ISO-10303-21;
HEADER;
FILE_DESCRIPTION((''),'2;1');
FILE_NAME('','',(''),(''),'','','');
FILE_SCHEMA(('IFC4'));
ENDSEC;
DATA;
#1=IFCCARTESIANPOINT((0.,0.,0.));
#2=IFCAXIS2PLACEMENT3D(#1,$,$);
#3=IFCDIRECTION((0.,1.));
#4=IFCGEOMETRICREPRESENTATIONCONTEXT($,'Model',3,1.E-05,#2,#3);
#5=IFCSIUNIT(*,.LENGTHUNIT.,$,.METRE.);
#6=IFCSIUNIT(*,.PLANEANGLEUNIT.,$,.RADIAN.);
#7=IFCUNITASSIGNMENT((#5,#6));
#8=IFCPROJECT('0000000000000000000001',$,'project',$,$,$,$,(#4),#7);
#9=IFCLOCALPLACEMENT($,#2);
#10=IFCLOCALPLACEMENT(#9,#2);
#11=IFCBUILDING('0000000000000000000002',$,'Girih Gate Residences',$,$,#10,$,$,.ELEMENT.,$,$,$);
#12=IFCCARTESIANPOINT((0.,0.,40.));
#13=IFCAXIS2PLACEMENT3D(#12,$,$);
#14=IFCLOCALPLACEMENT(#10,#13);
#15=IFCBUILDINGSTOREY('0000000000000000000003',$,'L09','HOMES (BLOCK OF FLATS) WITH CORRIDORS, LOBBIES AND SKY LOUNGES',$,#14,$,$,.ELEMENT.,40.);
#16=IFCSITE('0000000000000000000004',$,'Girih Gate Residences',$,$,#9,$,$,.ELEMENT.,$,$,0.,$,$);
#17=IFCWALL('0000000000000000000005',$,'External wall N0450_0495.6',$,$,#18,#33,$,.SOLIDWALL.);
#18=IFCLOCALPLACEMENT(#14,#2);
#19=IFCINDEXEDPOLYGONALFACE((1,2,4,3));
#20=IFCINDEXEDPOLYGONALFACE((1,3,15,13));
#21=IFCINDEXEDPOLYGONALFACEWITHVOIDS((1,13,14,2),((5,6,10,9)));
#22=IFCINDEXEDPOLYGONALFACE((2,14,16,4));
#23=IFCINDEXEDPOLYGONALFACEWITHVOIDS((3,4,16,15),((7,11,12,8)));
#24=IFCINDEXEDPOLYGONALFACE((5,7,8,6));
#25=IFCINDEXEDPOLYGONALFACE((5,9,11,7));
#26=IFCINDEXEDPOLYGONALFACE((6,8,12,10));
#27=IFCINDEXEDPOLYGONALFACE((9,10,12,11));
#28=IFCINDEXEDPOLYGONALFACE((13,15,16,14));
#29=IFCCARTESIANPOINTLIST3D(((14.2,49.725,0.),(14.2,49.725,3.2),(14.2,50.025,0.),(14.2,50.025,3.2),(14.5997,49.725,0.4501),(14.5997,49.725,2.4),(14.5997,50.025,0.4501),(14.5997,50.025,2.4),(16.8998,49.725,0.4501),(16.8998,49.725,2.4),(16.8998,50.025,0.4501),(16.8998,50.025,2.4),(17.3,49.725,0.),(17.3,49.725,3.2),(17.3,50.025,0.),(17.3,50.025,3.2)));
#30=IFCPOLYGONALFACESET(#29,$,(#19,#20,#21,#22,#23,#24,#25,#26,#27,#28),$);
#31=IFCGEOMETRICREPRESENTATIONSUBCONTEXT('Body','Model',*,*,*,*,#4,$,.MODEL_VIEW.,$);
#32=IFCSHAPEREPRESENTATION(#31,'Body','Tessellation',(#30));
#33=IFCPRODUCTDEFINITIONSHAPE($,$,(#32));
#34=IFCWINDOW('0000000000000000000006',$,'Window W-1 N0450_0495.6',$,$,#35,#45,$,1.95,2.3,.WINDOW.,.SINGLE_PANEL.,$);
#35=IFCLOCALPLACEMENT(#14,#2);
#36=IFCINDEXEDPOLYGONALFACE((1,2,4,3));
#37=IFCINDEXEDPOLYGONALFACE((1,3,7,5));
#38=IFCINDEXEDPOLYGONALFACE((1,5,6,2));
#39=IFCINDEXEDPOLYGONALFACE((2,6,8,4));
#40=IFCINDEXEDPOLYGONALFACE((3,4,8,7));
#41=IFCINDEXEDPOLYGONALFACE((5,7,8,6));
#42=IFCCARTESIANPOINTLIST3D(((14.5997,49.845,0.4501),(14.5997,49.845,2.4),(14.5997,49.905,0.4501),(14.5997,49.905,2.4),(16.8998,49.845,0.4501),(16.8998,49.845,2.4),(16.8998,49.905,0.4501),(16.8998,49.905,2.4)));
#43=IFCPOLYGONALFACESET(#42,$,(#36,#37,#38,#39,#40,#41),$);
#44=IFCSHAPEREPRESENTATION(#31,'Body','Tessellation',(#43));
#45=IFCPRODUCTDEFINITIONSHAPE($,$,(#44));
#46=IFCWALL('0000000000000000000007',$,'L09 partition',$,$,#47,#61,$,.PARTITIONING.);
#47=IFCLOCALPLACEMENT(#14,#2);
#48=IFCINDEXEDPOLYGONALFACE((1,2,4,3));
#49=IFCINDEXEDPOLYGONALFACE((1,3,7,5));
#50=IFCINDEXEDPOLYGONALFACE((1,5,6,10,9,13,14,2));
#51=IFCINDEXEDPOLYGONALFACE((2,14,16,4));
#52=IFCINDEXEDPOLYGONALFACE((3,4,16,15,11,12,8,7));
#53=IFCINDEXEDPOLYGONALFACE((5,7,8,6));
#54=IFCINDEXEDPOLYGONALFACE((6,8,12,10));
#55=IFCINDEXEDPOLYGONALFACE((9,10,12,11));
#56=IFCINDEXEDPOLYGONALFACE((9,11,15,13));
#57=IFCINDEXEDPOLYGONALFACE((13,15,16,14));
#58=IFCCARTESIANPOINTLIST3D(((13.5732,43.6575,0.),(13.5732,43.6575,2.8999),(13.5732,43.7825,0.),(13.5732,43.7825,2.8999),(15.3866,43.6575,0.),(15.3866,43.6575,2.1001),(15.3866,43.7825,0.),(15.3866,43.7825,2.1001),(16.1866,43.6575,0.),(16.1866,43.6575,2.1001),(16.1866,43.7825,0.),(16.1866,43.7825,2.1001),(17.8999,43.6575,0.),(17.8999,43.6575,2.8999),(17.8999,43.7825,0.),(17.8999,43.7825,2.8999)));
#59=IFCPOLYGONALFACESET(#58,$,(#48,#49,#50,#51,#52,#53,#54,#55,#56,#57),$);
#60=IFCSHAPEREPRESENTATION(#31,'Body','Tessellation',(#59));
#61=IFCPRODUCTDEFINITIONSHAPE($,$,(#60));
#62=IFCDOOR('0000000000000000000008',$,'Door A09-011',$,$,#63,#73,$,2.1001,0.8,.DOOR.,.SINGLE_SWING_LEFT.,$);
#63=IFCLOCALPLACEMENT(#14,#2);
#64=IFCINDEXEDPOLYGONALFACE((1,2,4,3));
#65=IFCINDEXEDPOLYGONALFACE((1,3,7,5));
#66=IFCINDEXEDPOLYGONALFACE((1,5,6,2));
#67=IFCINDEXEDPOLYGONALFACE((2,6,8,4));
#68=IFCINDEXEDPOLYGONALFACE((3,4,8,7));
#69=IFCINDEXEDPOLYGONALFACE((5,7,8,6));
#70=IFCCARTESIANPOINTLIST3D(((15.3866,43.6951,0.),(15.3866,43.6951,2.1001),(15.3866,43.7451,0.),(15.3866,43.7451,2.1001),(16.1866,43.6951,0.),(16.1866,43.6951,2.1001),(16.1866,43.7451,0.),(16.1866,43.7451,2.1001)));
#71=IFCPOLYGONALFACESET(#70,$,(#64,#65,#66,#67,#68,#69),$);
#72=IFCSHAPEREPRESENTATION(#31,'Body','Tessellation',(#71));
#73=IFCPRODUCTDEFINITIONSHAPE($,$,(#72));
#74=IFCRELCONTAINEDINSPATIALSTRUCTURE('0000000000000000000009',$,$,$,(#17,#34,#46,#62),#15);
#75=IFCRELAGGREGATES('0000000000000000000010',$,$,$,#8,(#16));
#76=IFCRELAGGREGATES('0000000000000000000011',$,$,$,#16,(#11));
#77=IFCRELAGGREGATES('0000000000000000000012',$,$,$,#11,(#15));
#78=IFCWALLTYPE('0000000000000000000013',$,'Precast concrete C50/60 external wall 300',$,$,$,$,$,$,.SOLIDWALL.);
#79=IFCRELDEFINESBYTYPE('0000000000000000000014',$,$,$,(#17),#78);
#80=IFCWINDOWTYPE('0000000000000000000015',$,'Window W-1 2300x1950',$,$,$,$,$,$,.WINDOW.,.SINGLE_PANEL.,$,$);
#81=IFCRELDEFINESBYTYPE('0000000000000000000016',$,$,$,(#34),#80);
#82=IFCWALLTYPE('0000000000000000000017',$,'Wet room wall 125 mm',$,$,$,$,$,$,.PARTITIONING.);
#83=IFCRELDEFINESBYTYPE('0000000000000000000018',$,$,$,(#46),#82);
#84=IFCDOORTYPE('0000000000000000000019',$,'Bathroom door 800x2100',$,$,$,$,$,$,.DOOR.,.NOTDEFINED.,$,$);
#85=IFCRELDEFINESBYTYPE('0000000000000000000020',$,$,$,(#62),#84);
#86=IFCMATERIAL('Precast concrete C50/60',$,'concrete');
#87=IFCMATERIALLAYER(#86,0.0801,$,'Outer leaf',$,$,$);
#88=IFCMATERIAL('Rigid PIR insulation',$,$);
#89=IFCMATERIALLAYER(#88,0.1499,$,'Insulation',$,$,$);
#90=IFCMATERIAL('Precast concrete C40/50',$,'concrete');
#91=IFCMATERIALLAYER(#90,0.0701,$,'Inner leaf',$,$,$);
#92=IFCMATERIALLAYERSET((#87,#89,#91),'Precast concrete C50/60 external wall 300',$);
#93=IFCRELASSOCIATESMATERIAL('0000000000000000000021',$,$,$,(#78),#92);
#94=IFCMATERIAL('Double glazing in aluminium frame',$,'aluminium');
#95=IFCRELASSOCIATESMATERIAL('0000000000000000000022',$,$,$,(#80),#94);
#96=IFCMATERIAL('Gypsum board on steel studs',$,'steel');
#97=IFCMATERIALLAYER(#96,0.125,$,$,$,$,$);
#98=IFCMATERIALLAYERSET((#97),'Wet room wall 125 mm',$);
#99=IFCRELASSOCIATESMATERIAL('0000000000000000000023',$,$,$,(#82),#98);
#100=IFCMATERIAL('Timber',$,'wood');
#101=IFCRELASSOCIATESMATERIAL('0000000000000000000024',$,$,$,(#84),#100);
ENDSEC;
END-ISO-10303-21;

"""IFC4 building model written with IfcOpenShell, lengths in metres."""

from ifc_helpers import new_model, si_unit, direction, frame, frame_2d, origin, place, context, subcontext, project, spatial, rectangle, extrude, material, layer, layer_set, type_object, element, fill, save


model = new_model("IFC4")

# Units and contexts
model_context = context("Model", 3, precision=1e-05, world=origin(), true_north=direction((0.0, 1.0)))
body_context = subcontext(model_context, "Body", "Model", "MODEL_VIEW")
ifc_project = project(units=[si_unit("LENGTHUNIT", "METRE"), si_unit("PLANEANGLEUNIT", "RADIAN")], contexts=[model_context])

# Site, building, storey
site_placement = place(None, origin())
site = spatial("IfcSite", under=ifc_project, at=site_placement, Name="Girih Gate Residences", CompositionType="ELEMENT", RefElevation=0.0)
building_placement = place(site_placement, origin())
building = spatial("IfcBuilding", under=site, at=building_placement, Name="Girih Gate Residences", CompositionType="ELEMENT")
storey_placement = place(building_placement, frame((0.0, 0.0, 40.0)))
storey = spatial("IfcBuildingStorey", under=building, at=storey_placement, Name="L09", Description="HOMES (BLOCK OF FLATS) WITH CORRIDORS, LOBBIES AND SKY LOUNGES", CompositionType="ELEMENT", Elevation=40.0)

# Shared definitions
ifc_material_1 = material(Name="Gypsum board on steel studs", Category="steel")

# Shared definitions
ifc_material_2 = material(Name="Timber", Category="wood")

# Wall, opening, window
ifc_material_3 = material(Name="Precast concrete C50/60", Category="concrete")
ifc_layer_1 = layer(ifc_material_3, 0.0801, Name="Outer leaf")
ifc_material_4 = material(Name="Rigid PIR insulation")
ifc_layer_2 = layer(ifc_material_4, 0.1499, Name="Insulation")
ifc_material_5 = material(Name="Precast concrete C40/50", Category="concrete")
ifc_layer_3 = layer(ifc_material_5, 0.0701, Name="Inner leaf")
ifc_layer_set_1 = layer_set([ifc_layer_1, ifc_layer_2, ifc_layer_3], Name="Precast concrete C50/60 external wall 300")
wall_type_1 = type_object("IfcWallType", Name="Precast concrete C50/60 external wall 300", PredefinedType="SOLIDWALL", material=ifc_layer_set_1)
ifc_material_6 = material(Name="Double glazing in aluminium frame", Category="aluminium")
window_type = type_object("IfcWindowType", Name="Window W-1 2300x1950", PartitioningType="SINGLE_PANEL", PredefinedType="WINDOW", material=ifc_material_6)
wall_1_placement = place(storey_placement, frame((14.2, 49.875, 0.0), z_axis=(0.0, 0.0, 1.0), x_axis=(1.0, 0.0, 0.0)))
wall_1 = element("IfcWall", 1, at=wall_1_placement, inside=storey, type_object=wall_type_1, Name="External wall N0450_0495.6", PredefinedType="SOLIDWALL", context=body_context, shape_type="SweptSolid", body=[
    extrude(rectangle(XDim=3.1001, YDim=0.3, at=frame_2d((1.55, 0.0))), origin(), (0.0, 0.0, 1.0), 3.2),
])
opening_1_placement = place(wall_1_placement, frame((0.3999, 0.0, 0.45)))
opening_1 = element("IfcOpeningElement", 2, at=opening_1_placement, cuts=wall_1, PredefinedType="OPENING", context=body_context, shape_type="SweptSolid", body=[
    extrude(rectangle(XDim=2.3, YDim=1.95, at=frame_2d((1.1499, 0.9751))), frame((0.0, 0.1599, 0.0), z_axis=(0.0, -1.0, 0.0), x_axis=(1.0, 0.0, 0.0)), (0.0, 0.0, 1.0), 0.3201),
])
window_1_placement = place(opening_1_placement, origin())
window_1 = element("IfcWindow", 3, at=window_1_placement, inside=storey, type_object=window_type, Name="Window W-1 N0450_0495.6", OverallHeight=1.95, OverallWidth=2.3, PartitioningType="SINGLE_PANEL", PredefinedType="WINDOW", context=body_context, shape_type="SweptSolid", body=[
    extrude(rectangle(XDim=2.3, YDim=1.95, at=frame_2d((1.1499, 0.9751))), frame((0.0, 0.03, 0.0), z_axis=(0.0, -1.0, 0.0), x_axis=(1.0, 0.0, 0.0)), (0.0, 0.0, 1.0), 0.0601),
])
fill(opening_1, window_1)

# Wall, opening, door
ifc_layer_4 = layer(ifc_material_1, 0.125)
ifc_layer_set_2 = layer_set([ifc_layer_4], Name="Wet room wall 125 mm")
wall_type_2 = type_object("IfcWallType", Name="Wet room wall 125 mm", PredefinedType="PARTITIONING", material=ifc_layer_set_2)
wall_2_placement = place(storey_placement, frame((17.8999, 43.72, 0.0), z_axis=(0.0, 0.0, 1.0), x_axis=(-1.0, 0.0, 0.0)))
wall_2 = element("IfcWall", 4, at=wall_2_placement, inside=storey, type_object=wall_type_2, Name="L09 partition", PredefinedType="PARTITIONING", context=body_context, shape_type="SweptSolid", body=[
    extrude(rectangle(XDim=4.3267, YDim=0.125, at=frame_2d((2.1633, 0.0))), origin(), (0.0, 0.0, 1.0), 2.8999),
])
opening_2_placement = place(wall_2_placement, frame((1.7134, 0.0, 0.0)))
opening_2 = element("IfcOpeningElement", 5, at=opening_2_placement, cuts=wall_2, PredefinedType="OPENING", context=body_context, shape_type="SweptSolid", body=[
    extrude(rectangle(XDim=0.8, YDim=2.1001, at=frame_2d((0.3999, 1.05))), frame((0.0, 0.0725, 0.0), z_axis=(0.0, -1.0, 0.0), x_axis=(1.0, 0.0, 0.0)), (0.0, 0.0, 1.0), 0.145),
])
door_type_1 = type_object("IfcDoorType", Name="Bathroom door 800x2100", OperationType="NOTDEFINED", PredefinedType="DOOR", material=ifc_material_2)
door_1_placement = place(opening_2_placement, origin())
door_1 = element("IfcDoor", 6, at=door_1_placement, inside=storey, type_object=door_type_1, Name="Door A09-011", OperationType="SINGLE_SWING_LEFT", OverallHeight=2.1001, OverallWidth=0.8, PredefinedType="DOOR", context=body_context, shape_type="SweptSolid", body=[
    extrude(rectangle(XDim=0.8, YDim=2.1001, at=frame_2d((0.3999, 1.05))), frame((0.0, 0.0249, 0.0), z_axis=(0.0, -1.0, 0.0), x_axis=(1.0, 0.0, 0.0)), (0.0, 0.0, 1.0), 0.05),
])
fill(opening_2, door_1)

save(model, "model.ifc")
